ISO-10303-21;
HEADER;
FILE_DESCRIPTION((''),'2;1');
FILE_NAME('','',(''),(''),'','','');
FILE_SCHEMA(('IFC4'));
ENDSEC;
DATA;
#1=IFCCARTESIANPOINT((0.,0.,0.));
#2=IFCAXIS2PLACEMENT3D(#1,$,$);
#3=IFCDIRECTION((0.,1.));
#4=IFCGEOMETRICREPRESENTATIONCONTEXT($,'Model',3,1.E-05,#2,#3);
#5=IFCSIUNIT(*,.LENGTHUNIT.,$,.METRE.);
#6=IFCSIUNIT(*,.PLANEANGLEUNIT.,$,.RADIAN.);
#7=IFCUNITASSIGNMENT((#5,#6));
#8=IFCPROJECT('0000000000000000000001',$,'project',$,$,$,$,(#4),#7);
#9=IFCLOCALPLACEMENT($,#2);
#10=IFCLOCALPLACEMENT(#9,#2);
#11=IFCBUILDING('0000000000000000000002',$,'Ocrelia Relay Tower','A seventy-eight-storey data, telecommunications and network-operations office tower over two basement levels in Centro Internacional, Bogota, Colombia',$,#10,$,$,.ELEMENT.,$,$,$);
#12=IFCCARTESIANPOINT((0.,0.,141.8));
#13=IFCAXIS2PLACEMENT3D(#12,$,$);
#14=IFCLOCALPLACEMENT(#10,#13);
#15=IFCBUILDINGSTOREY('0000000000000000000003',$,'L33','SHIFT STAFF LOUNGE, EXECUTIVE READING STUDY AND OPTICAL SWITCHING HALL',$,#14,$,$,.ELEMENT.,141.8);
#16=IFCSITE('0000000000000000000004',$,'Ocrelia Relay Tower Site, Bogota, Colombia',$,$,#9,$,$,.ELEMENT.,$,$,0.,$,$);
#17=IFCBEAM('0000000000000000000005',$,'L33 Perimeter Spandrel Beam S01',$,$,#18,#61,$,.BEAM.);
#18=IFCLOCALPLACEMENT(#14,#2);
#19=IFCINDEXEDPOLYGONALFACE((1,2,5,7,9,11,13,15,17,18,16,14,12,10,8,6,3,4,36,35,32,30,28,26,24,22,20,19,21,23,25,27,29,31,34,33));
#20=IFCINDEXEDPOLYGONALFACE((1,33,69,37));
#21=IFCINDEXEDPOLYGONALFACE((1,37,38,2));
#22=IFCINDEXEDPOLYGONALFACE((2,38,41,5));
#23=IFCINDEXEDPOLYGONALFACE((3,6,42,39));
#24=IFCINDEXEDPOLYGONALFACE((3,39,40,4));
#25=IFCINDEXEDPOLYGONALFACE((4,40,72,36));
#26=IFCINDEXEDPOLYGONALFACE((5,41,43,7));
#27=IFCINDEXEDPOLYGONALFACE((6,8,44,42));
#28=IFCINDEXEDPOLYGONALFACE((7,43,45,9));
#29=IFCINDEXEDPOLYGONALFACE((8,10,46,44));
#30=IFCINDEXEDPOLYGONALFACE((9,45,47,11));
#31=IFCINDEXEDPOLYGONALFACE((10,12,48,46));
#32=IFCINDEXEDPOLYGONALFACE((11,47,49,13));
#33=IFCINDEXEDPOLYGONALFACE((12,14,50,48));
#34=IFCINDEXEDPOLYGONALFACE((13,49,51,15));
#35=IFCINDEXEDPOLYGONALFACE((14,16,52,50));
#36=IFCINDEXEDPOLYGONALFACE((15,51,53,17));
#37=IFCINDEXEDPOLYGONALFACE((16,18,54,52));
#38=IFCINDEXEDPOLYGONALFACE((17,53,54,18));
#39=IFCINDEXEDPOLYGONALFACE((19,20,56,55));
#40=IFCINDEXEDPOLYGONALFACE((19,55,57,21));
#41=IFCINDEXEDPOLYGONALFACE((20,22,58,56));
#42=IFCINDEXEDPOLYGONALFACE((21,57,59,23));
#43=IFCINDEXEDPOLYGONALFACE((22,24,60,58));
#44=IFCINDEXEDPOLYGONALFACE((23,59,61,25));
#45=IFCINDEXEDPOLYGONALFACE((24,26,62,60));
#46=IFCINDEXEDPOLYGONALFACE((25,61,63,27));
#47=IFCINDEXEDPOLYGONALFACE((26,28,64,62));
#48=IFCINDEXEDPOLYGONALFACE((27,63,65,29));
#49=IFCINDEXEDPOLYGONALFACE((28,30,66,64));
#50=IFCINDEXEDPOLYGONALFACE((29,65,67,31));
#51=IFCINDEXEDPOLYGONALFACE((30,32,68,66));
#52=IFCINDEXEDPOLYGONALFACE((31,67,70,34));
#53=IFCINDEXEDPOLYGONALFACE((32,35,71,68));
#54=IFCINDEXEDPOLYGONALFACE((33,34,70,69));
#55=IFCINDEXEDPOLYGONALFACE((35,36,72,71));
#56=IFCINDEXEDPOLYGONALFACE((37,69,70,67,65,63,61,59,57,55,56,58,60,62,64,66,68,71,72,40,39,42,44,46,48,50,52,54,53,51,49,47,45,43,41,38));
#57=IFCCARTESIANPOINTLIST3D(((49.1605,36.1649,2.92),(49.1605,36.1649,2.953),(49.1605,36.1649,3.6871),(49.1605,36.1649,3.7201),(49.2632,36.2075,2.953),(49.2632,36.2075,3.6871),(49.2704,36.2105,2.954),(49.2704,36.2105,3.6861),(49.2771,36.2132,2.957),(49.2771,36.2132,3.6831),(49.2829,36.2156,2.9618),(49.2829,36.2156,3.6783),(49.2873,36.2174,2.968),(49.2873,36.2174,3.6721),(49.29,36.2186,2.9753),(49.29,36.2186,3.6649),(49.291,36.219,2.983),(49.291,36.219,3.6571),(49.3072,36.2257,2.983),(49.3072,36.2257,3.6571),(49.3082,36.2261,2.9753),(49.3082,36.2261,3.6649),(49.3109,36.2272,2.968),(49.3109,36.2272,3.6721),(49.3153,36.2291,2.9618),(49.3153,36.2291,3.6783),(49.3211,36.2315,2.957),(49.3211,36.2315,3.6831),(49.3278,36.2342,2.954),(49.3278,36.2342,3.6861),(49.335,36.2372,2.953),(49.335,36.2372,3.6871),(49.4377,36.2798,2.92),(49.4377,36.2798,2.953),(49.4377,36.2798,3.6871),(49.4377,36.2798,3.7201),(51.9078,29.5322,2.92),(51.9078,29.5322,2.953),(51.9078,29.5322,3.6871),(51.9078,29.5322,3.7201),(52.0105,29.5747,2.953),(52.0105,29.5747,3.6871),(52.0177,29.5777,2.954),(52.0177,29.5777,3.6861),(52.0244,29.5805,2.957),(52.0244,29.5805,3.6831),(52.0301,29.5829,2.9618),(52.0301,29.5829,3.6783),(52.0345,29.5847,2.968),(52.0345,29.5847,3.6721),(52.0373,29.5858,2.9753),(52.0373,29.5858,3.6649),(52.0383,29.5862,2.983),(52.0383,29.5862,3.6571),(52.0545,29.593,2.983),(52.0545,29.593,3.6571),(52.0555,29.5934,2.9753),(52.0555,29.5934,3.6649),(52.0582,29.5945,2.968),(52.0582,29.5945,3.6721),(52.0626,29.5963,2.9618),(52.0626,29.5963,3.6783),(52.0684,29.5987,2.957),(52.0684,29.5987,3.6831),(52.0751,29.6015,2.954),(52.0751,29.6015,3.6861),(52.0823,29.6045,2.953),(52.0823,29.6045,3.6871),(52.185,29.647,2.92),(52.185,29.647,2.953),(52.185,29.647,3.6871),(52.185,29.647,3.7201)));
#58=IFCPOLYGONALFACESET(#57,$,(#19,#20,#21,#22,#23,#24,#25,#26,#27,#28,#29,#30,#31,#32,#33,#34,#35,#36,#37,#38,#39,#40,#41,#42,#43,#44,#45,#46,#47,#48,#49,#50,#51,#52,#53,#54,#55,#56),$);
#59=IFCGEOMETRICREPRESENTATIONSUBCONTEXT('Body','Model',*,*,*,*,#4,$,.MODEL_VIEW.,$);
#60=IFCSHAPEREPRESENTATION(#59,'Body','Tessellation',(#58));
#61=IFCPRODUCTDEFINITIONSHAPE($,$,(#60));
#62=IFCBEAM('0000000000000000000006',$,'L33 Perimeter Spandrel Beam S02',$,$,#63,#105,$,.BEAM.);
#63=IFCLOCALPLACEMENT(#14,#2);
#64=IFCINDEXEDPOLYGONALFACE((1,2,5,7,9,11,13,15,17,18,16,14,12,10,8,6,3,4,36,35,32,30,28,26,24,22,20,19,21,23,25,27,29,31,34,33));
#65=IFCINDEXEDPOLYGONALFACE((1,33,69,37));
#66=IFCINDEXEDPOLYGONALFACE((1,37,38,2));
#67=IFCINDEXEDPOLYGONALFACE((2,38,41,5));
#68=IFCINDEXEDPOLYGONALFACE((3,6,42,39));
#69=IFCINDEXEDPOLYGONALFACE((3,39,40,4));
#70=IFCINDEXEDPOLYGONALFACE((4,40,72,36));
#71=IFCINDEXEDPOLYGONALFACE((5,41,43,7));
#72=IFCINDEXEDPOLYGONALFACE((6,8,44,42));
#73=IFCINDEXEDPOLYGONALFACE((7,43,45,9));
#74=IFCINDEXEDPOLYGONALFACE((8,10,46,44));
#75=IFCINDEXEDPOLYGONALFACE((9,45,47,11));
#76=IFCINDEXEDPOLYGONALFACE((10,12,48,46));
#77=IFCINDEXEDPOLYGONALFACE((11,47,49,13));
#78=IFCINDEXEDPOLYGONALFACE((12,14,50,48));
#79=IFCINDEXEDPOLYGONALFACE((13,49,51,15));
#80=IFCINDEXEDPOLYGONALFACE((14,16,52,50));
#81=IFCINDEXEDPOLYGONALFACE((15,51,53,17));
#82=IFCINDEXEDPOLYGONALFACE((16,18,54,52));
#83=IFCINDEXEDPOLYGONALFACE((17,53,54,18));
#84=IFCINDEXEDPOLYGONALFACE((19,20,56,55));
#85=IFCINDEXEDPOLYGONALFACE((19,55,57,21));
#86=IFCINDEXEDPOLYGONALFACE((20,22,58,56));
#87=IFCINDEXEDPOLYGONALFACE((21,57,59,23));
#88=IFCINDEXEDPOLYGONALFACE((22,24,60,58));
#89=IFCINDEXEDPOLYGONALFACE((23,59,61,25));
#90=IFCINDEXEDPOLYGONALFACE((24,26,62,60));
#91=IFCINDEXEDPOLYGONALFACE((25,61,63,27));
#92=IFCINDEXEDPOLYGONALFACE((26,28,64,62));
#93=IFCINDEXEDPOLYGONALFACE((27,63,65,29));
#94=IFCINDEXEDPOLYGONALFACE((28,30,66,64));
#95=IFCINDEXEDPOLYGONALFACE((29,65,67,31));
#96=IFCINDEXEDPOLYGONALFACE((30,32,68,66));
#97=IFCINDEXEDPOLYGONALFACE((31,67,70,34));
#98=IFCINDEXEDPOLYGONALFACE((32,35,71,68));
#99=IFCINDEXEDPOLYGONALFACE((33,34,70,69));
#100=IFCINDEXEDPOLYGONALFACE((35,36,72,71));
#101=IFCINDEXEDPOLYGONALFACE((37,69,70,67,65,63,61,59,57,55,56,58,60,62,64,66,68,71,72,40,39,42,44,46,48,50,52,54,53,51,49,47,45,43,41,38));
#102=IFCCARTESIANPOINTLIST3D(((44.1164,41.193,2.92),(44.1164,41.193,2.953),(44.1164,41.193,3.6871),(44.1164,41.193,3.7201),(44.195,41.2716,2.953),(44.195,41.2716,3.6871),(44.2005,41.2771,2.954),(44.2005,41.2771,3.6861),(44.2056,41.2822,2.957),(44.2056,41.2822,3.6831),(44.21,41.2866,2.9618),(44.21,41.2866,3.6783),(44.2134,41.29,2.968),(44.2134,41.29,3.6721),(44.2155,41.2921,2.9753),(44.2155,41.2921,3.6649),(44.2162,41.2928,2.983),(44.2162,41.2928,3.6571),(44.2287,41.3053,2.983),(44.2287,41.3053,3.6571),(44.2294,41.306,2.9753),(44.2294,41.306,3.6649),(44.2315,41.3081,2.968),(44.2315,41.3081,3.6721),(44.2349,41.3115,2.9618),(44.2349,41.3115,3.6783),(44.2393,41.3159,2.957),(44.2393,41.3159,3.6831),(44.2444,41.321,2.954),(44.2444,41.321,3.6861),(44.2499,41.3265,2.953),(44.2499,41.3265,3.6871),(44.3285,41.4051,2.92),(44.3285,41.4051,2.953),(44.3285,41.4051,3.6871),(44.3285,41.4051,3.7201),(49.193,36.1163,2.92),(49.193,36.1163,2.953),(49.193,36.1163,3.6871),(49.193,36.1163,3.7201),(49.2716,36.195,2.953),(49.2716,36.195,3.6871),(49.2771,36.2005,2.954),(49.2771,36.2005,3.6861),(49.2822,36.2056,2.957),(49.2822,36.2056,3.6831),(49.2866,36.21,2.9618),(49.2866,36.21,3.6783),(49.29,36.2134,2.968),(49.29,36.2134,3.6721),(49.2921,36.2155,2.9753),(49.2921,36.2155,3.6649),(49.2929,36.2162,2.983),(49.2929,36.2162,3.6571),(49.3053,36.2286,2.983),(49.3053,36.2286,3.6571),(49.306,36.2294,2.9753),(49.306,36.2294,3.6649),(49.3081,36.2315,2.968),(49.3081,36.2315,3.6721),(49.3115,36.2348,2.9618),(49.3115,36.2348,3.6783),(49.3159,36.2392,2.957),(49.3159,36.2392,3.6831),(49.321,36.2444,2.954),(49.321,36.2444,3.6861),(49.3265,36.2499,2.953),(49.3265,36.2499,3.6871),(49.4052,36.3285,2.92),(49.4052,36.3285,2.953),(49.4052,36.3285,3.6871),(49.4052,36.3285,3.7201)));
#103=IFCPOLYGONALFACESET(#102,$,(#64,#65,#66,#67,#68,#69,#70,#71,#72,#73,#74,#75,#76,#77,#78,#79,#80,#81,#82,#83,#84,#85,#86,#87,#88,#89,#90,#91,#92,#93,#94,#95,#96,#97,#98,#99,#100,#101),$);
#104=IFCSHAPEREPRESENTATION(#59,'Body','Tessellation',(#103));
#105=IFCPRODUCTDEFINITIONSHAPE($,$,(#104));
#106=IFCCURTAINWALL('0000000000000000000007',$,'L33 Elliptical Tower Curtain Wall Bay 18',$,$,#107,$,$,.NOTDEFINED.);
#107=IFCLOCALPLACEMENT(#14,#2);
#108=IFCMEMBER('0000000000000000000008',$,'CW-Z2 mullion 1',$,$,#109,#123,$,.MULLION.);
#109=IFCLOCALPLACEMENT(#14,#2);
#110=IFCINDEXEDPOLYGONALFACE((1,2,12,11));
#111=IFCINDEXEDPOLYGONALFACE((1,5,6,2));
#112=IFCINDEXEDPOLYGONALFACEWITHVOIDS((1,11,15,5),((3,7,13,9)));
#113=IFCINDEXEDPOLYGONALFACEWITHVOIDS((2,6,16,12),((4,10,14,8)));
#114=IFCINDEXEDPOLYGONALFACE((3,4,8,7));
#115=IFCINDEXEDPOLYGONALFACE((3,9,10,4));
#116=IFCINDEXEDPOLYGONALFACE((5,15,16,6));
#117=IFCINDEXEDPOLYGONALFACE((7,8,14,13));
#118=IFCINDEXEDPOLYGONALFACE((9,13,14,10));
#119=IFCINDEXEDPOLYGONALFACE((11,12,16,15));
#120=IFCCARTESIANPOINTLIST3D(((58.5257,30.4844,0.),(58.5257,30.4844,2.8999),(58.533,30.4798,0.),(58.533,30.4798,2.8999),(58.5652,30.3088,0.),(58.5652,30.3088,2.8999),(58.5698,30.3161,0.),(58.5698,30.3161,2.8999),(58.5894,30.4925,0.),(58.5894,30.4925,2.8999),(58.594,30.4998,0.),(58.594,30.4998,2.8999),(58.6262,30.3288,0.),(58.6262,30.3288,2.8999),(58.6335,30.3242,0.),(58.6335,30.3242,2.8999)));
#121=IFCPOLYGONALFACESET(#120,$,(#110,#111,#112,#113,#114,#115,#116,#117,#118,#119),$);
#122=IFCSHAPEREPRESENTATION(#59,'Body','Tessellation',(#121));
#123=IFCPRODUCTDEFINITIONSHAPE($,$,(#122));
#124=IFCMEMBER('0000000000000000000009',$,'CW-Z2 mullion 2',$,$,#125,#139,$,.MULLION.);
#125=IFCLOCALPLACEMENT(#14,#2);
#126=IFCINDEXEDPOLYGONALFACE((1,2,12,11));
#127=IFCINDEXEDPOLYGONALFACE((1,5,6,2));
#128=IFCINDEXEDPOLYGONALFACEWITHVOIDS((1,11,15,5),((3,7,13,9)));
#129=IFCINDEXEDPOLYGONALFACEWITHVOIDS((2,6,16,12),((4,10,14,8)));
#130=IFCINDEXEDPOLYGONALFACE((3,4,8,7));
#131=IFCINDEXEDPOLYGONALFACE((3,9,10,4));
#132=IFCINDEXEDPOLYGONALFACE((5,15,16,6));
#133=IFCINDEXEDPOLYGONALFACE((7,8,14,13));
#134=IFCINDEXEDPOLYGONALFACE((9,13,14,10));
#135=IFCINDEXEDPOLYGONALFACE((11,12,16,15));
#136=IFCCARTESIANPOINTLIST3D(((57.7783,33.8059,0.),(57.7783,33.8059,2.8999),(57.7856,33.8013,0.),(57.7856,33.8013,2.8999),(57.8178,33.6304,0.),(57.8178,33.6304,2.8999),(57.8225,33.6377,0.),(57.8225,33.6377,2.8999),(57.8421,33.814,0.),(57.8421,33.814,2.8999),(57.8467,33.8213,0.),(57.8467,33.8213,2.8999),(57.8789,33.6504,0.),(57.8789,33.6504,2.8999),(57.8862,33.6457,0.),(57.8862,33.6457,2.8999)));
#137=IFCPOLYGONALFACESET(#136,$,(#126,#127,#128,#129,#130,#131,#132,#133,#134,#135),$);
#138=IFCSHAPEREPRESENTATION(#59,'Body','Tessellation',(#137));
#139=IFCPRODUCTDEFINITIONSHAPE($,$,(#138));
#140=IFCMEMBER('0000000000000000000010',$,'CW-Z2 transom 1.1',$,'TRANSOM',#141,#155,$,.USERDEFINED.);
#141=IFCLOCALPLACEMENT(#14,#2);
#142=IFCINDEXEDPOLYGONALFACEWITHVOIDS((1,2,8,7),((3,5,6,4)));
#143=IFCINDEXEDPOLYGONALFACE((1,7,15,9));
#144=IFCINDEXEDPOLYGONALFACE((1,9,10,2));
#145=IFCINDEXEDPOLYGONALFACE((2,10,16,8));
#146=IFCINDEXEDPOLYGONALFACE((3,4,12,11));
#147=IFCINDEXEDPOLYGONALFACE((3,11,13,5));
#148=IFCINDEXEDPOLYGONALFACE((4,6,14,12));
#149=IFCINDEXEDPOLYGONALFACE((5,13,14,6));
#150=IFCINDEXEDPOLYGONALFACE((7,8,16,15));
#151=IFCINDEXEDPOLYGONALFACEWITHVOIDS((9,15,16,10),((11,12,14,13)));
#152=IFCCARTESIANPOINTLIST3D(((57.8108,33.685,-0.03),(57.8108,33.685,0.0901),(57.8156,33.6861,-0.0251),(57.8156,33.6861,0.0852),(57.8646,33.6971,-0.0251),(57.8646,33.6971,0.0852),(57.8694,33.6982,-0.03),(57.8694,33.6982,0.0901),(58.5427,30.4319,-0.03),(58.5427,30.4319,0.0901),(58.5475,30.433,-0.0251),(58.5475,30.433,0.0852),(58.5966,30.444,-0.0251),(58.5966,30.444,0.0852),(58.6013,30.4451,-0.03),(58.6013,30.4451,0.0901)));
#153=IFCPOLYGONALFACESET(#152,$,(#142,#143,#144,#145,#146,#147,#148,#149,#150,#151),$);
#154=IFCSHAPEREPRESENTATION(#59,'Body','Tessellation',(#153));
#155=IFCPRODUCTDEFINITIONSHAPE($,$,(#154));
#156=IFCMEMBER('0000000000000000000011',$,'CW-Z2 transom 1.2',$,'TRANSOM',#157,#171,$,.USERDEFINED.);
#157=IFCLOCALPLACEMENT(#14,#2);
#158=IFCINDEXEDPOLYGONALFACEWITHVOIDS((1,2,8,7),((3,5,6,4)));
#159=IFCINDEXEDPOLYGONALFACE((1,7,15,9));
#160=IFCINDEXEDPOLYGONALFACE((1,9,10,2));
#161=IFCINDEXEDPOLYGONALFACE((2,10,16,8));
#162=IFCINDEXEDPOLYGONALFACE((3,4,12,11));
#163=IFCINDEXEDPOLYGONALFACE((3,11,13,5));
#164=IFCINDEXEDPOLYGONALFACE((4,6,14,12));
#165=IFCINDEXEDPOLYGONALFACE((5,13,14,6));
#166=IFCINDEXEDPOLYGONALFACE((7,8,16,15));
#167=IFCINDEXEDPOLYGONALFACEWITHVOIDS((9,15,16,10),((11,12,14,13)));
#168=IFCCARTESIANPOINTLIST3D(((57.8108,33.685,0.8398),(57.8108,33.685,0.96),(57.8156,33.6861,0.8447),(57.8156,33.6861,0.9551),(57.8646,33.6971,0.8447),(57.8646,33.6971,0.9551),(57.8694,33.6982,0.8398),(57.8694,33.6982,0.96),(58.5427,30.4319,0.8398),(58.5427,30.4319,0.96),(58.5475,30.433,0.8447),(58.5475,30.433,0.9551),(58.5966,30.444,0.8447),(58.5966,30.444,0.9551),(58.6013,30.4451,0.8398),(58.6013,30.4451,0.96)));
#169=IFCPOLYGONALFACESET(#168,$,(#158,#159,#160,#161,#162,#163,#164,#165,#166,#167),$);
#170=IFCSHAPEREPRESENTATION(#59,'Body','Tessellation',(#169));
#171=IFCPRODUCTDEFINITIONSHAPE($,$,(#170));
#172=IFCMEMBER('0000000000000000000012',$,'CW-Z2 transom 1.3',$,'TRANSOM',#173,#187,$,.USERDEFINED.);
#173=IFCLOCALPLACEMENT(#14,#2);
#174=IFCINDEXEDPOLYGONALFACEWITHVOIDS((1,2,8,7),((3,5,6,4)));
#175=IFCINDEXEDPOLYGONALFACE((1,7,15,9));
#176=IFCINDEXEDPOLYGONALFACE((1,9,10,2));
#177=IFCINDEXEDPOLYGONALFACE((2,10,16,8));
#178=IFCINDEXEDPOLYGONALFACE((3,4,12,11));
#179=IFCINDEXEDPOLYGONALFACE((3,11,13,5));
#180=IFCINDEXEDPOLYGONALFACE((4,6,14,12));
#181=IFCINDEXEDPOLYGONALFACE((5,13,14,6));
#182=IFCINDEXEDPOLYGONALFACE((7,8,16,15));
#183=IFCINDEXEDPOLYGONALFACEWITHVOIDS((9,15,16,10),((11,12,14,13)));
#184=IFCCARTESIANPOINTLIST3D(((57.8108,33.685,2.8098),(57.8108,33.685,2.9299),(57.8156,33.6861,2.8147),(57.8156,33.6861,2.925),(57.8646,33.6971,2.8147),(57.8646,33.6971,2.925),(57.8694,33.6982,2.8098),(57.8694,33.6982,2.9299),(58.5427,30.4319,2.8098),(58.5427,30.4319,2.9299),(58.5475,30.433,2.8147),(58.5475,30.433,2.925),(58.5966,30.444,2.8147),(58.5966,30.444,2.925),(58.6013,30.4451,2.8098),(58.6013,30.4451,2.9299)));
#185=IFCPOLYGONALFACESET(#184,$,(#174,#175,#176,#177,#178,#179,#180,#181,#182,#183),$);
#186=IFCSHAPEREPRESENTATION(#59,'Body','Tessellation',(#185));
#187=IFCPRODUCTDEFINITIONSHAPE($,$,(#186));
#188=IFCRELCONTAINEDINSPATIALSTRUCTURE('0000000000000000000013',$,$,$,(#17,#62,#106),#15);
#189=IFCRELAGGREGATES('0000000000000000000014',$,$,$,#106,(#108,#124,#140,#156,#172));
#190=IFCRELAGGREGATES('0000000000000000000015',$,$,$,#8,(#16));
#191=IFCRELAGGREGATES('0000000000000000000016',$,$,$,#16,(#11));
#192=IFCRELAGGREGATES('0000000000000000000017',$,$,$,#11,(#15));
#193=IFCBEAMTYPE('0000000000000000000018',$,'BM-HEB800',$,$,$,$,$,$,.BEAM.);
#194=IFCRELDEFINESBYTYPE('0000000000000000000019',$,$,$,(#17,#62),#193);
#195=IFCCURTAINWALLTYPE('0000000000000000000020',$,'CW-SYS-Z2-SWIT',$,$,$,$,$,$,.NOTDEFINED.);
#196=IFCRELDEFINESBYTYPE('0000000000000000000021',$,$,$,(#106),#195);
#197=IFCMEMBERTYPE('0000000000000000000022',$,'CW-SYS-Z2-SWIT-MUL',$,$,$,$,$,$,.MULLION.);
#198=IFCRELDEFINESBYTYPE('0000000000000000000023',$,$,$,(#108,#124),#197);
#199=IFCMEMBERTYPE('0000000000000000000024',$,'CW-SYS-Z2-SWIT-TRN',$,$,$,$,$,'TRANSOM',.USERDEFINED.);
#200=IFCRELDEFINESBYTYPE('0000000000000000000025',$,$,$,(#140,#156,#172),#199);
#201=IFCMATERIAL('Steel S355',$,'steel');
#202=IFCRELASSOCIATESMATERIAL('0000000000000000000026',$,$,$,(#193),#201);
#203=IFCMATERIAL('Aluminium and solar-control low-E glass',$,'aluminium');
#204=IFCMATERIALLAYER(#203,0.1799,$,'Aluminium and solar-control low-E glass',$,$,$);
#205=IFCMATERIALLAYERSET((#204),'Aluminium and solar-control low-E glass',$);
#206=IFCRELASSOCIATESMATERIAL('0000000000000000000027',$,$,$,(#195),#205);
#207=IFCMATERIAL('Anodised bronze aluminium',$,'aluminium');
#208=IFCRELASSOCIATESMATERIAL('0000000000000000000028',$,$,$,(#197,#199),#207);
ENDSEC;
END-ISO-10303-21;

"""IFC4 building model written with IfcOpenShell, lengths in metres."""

from ifc_helpers import new_model, si_unit, direction, frame, origin, origin_2d, place, context, subcontext, project, spatial, hollow_rectangle, i_section, extrude, material, layer, layer_set, material_profile, profile_set, type_object, element, aggregate, save


model = new_model("IFC4")

# Units and contexts
model_context = context("Model", 3, precision=1e-05, world=origin(), true_north=direction((0.0, 1.0)))
body_context = subcontext(model_context, "Body", "Model", "MODEL_VIEW")
ifc_project = project(units=[si_unit("LENGTHUNIT", "METRE"), si_unit("PLANEANGLEUNIT", "RADIAN")], contexts=[model_context])

# Site, building, storey
site_placement = place(None, origin())
site = spatial("IfcSite", under=ifc_project, at=site_placement, Name="Ocrelia Relay Tower Site, Bogota, Colombia", CompositionType="ELEMENT", RefElevation=0.0)
building_placement = place(site_placement, origin())
building = spatial("IfcBuilding", under=site, at=building_placement, Name="Ocrelia Relay Tower", Description="A seventy-eight-storey data, telecommunications and network-operations office tower over two basement levels in Centro Internacional, Bogota, Colombia", CompositionType="ELEMENT")
storey_placement = place(building_placement, frame((0.0, 0.0, 141.8)))
storey = spatial("IfcBuildingStorey", under=building, at=storey_placement, Name="L33", Description="SHIFT STAFF LOUNGE, EXECUTIVE READING STUDY AND OPTICAL SWITCHING HALL", CompositionType="ELEMENT", Elevation=141.8)

# Beams
ifc_material_1 = material(Name="Steel S355", Category="steel")
ifc_material_profile_1 = material_profile(ifc_material_1, i_section(OverallWidth=0.3, OverallDepth=0.8, WebThickness=0.0176, FlangeThickness=0.033, FilletRadius=0.03, at=origin_2d()), Name="HEB 800")
ifc_profile_set_1 = profile_set([ifc_material_profile_1], Name="Steel S355")
beam_type_1 = type_object("IfcBeamType", Name="BM-HEB800", PredefinedType="BEAM", material=ifc_profile_set_1)
beam_1_placement = place(storey_placement, frame((52.0464, 29.5896, 3.3201), z_axis=(-0.382673, 0.923884, 0.0), x_axis=(-0.923884, -0.382673, 0.0)))
element("IfcBeam", 1, at=beam_1_placement, inside=storey, type_object=beam_type_1, Name="L33 Perimeter Spandrel Beam S01", PredefinedType="BEAM", context=body_context, shape_type="SweptSolid", body=[
    extrude(i_section(OverallWidth=0.3, OverallDepth=0.8, WebThickness=0.0176, FlangeThickness=0.033, FilletRadius=0.03, at=origin_2d()), origin(), (0.0, 0.0, 1.0), 7.1792),
])
beam_2_placement = place(storey_placement, frame((49.2991, 36.2224, 3.3201), z_axis=(-0.707107, 0.707107, 0.0), x_axis=(-0.707107, -0.707107, 0.0)))
element("IfcBeam", 2, at=beam_2_placement, inside=storey, type_object=beam_type_1, Name="L33 Perimeter Spandrel Beam S02", PredefinedType="BEAM", context=body_context, shape_type="SweptSolid", body=[
    extrude(i_section(OverallWidth=0.3, OverallDepth=0.8, WebThickness=0.0176, FlangeThickness=0.033, FilletRadius=0.03, at=origin_2d()), origin(), (0.0, 0.0, 1.0), 7.1794),
])

# Curtain wall, members
ifc_material_2 = material(Name="Aluminium and solar-control low-E glass", Category="aluminium")
ifc_layer_1 = layer(ifc_material_2, 0.1799, Name="Aluminium and solar-control low-E glass")
ifc_layer_set_1 = layer_set([ifc_layer_1], Name="Aluminium and solar-control low-E glass")
curtain_wall_type = type_object("IfcCurtainWallType", Name="CW-SYS-Z2-SWIT", PredefinedType="NOTDEFINED", material=ifc_layer_set_1)
curtain_wall_placement = place(storey_placement, origin())
curtain_wall = element("IfcCurtainWall", 3, at=curtain_wall_placement, inside=storey, type_object=curtain_wall_type, Name="L33 Elliptical Tower Curtain Wall Bay 18", PredefinedType="NOTDEFINED")
ifc_material_3 = material(Name="Anodised bronze aluminium", Category="aluminium")
ifc_material_profile_2 = material_profile(ifc_material_3, hollow_rectangle(XDim=0.0701, YDim=0.1799, WallThickness=0.0061, at=origin_2d()), Name="CW-MUL-180x70")
ifc_profile_set_2 = profile_set([ifc_material_profile_2], Name="Anodised bronze aluminium")
member_type_1 = type_object("IfcMemberType", Name="CW-SYS-Z2-SWIT-MUL", PredefinedType="MULLION", material=ifc_profile_set_2)
member_1_placement = place(storey_placement, frame((58.5796, 30.4043, 0.0), z_axis=(0.0, 0.0, 1.0), x_axis=(-0.975611, -0.219506, 0.0)))
member_1 = element("IfcMember", 4, at=member_1_placement, type_object=member_type_1, Name="CW-Z2 mullion 1", PredefinedType="MULLION", context=body_context, shape_type="SweptSolid", body=[
    extrude(hollow_rectangle(XDim=0.0701, YDim=0.1799, WallThickness=0.0061, at=origin_2d()), origin(), (0.0, 0.0, 1.0), 2.8999),
])
member_2_placement = place(storey_placement, frame((57.8323, 33.7258, 0.0), z_axis=(0.0, 0.0, 1.0), x_axis=(-0.975611, -0.219506, 0.0)))
member_2 = element("IfcMember", 5, at=member_2_placement, type_object=member_type_1, Name="CW-Z2 mullion 2", PredefinedType="MULLION", context=body_context, shape_type="SweptSolid", body=[
    extrude(hollow_rectangle(XDim=0.0701, YDim=0.1799, WallThickness=0.0061, at=origin_2d()), origin(), (0.0, 0.0, 1.0), 2.8999),
])
ifc_material_profile_3 = material_profile(ifc_material_3, hollow_rectangle(XDim=0.0601, YDim=0.1201, WallThickness=0.0049, at=origin_2d()), Name="CW-TRN-120x60")
ifc_profile_set_3 = profile_set([ifc_material_profile_3], Name="Anodised bronze aluminium")
member_type_2 = type_object("IfcMemberType", Name="CW-SYS-Z2-SWIT-TRN", ElementType="TRANSOM", PredefinedType="USERDEFINED", material=ifc_profile_set_3)
member_3_placement = place(storey_placement, frame((58.572, 30.4385, 0.03), z_axis=(-0.219503, 0.975612, 0.0), x_axis=(-0.975612, -0.219503, 0.0)))
member_3 = element("IfcMember", 6, at=member_3_placement, type_object=member_type_2, Name="CW-Z2 transom 1.1", ObjectType="TRANSOM", PredefinedType="USERDEFINED", context=body_context, shape_type="SweptSolid", body=[
    extrude(hollow_rectangle(XDim=0.0601, YDim=0.1201, WallThickness=0.0049, at=origin_2d()), origin(), (0.0, 0.0, 1.0), 3.3345),
])
member_4_placement = place(storey_placement, frame((58.572, 30.4385, 0.8999), z_axis=(-0.219503, 0.975612, 0.0), x_axis=(-0.975612, -0.219503, 0.0)))
member_4 = element("IfcMember", 7, at=member_4_placement, type_object=member_type_2, Name="CW-Z2 transom 1.2", ObjectType="TRANSOM", PredefinedType="USERDEFINED", context=body_context, shape_type="SweptSolid", body=[
    extrude(hollow_rectangle(XDim=0.0601, YDim=0.1201, WallThickness=0.0049, at=origin_2d()), origin(), (0.0, 0.0, 1.0), 3.3345),
])
member_5_placement = place(storey_placement, frame((58.572, 30.4385, 2.8699), z_axis=(-0.219503, 0.975612, 0.0), x_axis=(-0.975612, -0.219503, 0.0)))
member_5 = element("IfcMember", 8, at=member_5_placement, type_object=member_type_2, Name="CW-Z2 transom 1.3", ObjectType="TRANSOM", PredefinedType="USERDEFINED", context=body_context, shape_type="SweptSolid", body=[
    extrude(hollow_rectangle(XDim=0.0601, YDim=0.1201, WallThickness=0.0049, at=origin_2d()), origin(), (0.0, 0.0, 1.0), 3.3345),
])
aggregate(curtain_wall, [member_1, member_2, member_3, member_4, member_5])

save(model, "model.ifc")
